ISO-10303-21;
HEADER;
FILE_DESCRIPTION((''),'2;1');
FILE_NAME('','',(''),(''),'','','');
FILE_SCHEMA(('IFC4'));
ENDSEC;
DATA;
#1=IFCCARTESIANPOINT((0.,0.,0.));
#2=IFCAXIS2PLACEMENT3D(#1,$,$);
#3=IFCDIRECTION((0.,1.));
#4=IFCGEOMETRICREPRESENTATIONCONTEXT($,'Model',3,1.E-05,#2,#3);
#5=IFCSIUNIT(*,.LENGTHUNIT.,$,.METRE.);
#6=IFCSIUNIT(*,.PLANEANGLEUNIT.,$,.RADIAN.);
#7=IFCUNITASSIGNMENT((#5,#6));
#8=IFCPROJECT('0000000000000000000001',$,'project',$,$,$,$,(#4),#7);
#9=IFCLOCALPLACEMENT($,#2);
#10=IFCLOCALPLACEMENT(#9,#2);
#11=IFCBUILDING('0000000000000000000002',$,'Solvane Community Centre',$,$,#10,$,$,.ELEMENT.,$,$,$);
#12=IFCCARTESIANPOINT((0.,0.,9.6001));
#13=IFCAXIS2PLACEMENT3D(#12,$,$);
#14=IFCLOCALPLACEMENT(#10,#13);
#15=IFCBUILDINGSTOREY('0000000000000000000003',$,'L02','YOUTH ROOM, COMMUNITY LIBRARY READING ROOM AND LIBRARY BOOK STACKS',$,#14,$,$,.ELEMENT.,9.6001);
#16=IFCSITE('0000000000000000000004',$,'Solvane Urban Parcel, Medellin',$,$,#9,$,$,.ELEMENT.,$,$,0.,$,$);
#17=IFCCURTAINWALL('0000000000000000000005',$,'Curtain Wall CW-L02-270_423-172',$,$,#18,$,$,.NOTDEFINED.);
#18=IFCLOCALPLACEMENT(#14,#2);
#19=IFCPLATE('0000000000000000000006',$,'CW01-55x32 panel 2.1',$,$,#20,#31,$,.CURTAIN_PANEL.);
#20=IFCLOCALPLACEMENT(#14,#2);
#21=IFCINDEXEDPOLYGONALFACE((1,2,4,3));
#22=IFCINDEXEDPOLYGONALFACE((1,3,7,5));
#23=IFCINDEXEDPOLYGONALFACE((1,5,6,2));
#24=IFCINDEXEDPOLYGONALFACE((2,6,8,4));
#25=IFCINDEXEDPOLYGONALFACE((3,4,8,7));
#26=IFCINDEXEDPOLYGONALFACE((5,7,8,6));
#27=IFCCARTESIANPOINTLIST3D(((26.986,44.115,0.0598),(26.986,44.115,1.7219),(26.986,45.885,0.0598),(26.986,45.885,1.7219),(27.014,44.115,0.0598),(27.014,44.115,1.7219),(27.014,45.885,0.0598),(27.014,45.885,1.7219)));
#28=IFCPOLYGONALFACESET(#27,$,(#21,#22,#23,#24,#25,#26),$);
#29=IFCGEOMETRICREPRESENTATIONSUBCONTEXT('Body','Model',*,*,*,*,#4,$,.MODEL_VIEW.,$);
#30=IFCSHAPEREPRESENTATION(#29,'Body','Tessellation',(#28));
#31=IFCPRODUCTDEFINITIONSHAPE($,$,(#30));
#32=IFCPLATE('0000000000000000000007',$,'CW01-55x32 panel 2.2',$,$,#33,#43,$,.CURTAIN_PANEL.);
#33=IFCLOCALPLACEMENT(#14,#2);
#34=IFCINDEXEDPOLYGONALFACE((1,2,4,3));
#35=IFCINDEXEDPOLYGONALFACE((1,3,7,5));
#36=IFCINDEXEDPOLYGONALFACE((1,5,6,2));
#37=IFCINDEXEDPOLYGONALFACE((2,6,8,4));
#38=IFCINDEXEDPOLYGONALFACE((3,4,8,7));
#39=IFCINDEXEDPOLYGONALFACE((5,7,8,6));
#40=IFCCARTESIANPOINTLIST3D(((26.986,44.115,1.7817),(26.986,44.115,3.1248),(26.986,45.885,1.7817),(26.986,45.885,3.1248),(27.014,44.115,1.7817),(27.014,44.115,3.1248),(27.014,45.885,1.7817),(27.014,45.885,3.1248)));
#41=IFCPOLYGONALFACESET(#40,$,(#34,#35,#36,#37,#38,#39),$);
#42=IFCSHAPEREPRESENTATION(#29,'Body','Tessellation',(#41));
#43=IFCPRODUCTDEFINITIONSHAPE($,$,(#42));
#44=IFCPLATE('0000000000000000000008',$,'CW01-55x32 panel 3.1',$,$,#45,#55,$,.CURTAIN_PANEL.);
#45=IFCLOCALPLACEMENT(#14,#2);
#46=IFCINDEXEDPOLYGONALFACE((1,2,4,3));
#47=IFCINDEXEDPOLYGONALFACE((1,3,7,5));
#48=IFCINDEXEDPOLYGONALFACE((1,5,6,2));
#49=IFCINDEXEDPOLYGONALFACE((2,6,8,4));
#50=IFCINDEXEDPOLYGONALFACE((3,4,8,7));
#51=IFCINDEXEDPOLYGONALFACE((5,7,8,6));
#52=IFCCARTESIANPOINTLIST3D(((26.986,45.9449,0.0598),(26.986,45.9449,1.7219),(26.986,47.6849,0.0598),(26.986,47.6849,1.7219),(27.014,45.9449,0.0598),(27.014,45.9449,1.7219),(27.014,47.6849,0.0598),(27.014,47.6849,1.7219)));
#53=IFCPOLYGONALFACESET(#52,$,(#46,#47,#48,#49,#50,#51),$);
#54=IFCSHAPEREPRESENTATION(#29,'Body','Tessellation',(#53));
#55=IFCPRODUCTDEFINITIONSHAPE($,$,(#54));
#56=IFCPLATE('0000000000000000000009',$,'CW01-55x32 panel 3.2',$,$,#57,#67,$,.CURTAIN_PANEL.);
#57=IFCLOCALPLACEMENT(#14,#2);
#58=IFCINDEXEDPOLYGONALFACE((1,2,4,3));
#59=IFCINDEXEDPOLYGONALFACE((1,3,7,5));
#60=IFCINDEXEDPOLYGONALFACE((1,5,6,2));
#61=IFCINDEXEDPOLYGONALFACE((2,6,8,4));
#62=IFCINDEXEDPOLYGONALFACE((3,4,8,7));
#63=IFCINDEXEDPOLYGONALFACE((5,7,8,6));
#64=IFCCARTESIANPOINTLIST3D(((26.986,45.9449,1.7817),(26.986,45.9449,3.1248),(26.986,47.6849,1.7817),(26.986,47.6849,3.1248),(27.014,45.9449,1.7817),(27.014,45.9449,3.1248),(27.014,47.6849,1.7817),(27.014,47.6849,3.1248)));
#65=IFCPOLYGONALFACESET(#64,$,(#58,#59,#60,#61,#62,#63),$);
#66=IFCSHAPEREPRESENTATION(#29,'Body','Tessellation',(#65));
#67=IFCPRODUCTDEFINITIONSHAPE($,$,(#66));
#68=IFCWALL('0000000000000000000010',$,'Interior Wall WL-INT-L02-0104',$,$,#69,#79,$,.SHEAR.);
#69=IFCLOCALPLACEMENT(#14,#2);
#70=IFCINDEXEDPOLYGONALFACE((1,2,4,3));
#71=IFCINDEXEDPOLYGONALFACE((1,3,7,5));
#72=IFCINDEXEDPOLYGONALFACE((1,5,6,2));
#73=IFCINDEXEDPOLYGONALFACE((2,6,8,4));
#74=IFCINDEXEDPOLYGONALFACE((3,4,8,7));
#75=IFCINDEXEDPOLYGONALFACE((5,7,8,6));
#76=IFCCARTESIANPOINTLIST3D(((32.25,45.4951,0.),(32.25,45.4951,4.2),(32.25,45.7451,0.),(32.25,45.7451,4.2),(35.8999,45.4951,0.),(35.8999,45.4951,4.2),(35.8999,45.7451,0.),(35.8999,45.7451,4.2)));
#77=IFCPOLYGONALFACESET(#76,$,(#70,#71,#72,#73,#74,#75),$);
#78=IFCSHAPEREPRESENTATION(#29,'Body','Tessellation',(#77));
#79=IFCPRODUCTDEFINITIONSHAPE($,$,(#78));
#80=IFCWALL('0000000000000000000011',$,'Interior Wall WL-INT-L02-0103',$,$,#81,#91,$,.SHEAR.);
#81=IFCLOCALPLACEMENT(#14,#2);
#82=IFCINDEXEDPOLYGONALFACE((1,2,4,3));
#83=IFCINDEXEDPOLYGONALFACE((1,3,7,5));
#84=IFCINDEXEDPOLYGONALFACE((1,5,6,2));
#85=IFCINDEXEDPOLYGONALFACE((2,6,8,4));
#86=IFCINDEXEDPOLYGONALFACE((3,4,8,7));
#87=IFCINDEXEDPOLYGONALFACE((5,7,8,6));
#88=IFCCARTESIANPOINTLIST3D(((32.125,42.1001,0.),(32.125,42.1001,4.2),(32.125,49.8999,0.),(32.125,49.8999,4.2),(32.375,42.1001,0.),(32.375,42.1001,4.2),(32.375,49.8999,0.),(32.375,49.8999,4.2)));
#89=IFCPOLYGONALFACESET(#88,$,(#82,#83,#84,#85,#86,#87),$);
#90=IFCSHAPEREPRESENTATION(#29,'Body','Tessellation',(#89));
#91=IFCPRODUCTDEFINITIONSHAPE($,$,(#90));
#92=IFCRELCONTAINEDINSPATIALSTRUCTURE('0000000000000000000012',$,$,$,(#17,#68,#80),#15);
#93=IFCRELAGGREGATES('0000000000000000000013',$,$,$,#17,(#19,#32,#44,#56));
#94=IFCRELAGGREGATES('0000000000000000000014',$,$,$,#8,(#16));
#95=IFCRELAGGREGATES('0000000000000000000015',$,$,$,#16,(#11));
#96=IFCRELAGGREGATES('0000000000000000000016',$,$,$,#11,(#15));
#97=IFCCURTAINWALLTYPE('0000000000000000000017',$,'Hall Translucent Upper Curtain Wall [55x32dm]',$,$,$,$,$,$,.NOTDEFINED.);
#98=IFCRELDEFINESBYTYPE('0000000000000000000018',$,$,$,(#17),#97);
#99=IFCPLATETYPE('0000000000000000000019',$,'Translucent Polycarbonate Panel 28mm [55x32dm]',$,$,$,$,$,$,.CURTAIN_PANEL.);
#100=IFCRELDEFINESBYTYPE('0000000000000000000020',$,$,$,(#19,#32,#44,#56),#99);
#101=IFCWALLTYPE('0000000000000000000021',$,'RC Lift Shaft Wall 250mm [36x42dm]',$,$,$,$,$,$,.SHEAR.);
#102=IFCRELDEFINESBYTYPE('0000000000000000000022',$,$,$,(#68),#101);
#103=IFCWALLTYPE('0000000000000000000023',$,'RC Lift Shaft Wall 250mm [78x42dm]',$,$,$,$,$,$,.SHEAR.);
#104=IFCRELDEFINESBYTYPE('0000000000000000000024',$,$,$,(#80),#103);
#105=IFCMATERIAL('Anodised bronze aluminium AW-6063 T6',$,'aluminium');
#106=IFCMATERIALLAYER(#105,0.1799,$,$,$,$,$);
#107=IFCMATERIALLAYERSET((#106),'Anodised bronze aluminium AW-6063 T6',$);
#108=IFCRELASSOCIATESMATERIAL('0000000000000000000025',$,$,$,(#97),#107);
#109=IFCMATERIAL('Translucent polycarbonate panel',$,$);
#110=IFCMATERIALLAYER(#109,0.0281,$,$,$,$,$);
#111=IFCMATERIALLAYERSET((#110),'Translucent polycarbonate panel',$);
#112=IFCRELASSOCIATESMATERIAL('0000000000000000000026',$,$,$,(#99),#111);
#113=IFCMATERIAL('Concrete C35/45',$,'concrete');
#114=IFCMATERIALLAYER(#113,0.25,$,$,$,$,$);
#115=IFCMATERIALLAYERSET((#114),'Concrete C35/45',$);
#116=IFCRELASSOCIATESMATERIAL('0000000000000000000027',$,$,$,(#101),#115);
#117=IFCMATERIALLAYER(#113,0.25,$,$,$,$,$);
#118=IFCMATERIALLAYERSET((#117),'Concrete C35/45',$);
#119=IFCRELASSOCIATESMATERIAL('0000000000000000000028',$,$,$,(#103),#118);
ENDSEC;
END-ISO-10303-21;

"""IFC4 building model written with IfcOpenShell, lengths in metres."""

from ifc_helpers import new_model, si_unit, direction, frame, frame_2d, origin, origin_2d, place, context, subcontext, project, spatial, rectangle, extrude, material, layer, layer_set, type_object, element, aggregate, save


model = new_model("IFC4")

# Units and contexts
model_context = context("Model", 3, precision=1e-05, world=origin(), true_north=direction((0.0, 1.0)))
body_context = subcontext(model_context, "Body", "Model", "MODEL_VIEW")
ifc_project = project(units=[si_unit("LENGTHUNIT", "METRE"), si_unit("PLANEANGLEUNIT", "RADIAN")], contexts=[model_context])

# Site, building, storey
site_placement = place(None, origin())
site = spatial("IfcSite", under=ifc_project, at=site_placement, Name="Solvane Urban Parcel, Medellin", CompositionType="ELEMENT", RefElevation=0.0)
building_placement = place(site_placement, origin())
building = spatial("IfcBuilding", under=site, at=building_placement, Name="Solvane Community Centre", CompositionType="ELEMENT")
storey_placement = place(building_placement, frame((0.0, 0.0, 9.6001)))
storey = spatial("IfcBuildingStorey", under=building, at=storey_placement, Name="L02", Description="YOUTH ROOM, COMMUNITY LIBRARY READING ROOM AND LIBRARY BOOK STACKS", CompositionType="ELEMENT", Elevation=9.6001)

# Curtain wall, plates
ifc_material_1 = material(Name="Anodised bronze aluminium AW-6063 T6", Category="aluminium")
ifc_layer_1 = layer(ifc_material_1, 0.1799)
ifc_layer_set_1 = layer_set([ifc_layer_1], Name="Anodised bronze aluminium AW-6063 T6")
curtain_wall_type = type_object("IfcCurtainWallType", Name="Hall Translucent Upper Curtain Wall [55x32dm]", PredefinedType="NOTDEFINED", material=ifc_layer_set_1)
curtain_wall_placement = place(storey_placement, origin())
curtain_wall = element("IfcCurtainWall", 1, at=curtain_wall_placement, inside=storey, type_object=curtain_wall_type, Name="Curtain Wall CW-L02-270_423-172", PredefinedType="NOTDEFINED")
ifc_material_2 = material(Name="Translucent polycarbonate panel")
ifc_layer_2 = layer(ifc_material_2, 0.0281)
ifc_layer_set_2 = layer_set([ifc_layer_2], Name="Translucent polycarbonate panel")
plate_type = type_object("IfcPlateType", Name="Translucent Polycarbonate Panel 28mm [55x32dm]", PredefinedType="CURTAIN_PANEL", material=ifc_layer_set_2)
plate_1_placement = place(storey_placement, frame((27.0, 45.0, 0.0598), z_axis=(0.0, 0.0, 1.0), x_axis=(0.0, 1.0, 0.0)))
plate_1 = element("IfcPlate", 2, at=plate_1_placement, type_object=plate_type, Name="CW01-55x32 panel 2.1", PredefinedType="CURTAIN_PANEL", context=body_context, shape_type="SweptSolid", body=[
    extrude(rectangle(XDim=1.77, YDim=0.0281, at=origin_2d()), origin(), (0.0, 0.0, 1.0), 1.6621),
])
plate_2_placement = place(storey_placement, frame((27.0, 45.0, 1.7817), z_axis=(0.0, 0.0, 1.0), x_axis=(0.0, 1.0, 0.0)))
plate_2 = element("IfcPlate", 3, at=plate_2_placement, type_object=plate_type, Name="CW01-55x32 panel 2.2", PredefinedType="CURTAIN_PANEL", context=body_context, shape_type="SweptSolid", body=[
    extrude(rectangle(XDim=1.77, YDim=0.0281, at=origin_2d()), origin(), (0.0, 0.0, 1.0), 1.343),
])
plate_3_placement = place(storey_placement, frame((27.0, 46.8149, 0.0598), z_axis=(0.0, 0.0, 1.0), x_axis=(0.0, 1.0, 0.0)))
plate_3 = element("IfcPlate", 4, at=plate_3_placement, type_object=plate_type, Name="CW01-55x32 panel 3.1", PredefinedType="CURTAIN_PANEL", context=body_context, shape_type="SweptSolid", body=[
    extrude(rectangle(XDim=1.74, YDim=0.0281, at=origin_2d()), origin(), (0.0, 0.0, 1.0), 1.6621),
])
plate_4_placement = place(storey_placement, frame((27.0, 46.8149, 1.7817), z_axis=(0.0, 0.0, 1.0), x_axis=(0.0, 1.0, 0.0)))
plate_4 = element("IfcPlate", 5, at=plate_4_placement, type_object=plate_type, Name="CW01-55x32 panel 3.2", PredefinedType="CURTAIN_PANEL", context=body_context, shape_type="SweptSolid", body=[
    extrude(rectangle(XDim=1.74, YDim=0.0281, at=origin_2d()), origin(), (0.0, 0.0, 1.0), 1.343),
])
aggregate(curtain_wall, [plate_1, plate_2, plate_3, plate_4])

# Walls
ifc_material_3 = material(Name="Concrete C35/45", Category="concrete")
ifc_layer_3 = layer(ifc_material_3, 0.25)
ifc_layer_set_3 = layer_set([ifc_layer_3], Name="Concrete C35/45")
wall_type_1 = type_object("IfcWallType", Name="RC Lift Shaft Wall 250mm [36x42dm]", PredefinedType="SHEAR", material=ifc_layer_set_3)
wall_1_placement = place(storey_placement, frame((32.25, 45.6201, 0.0), z_axis=(0.0, 0.0, 1.0), x_axis=(1.0, 0.0, 0.0)))
element("IfcWall", 6, at=wall_1_placement, inside=storey, type_object=wall_type_1, Name="Interior Wall WL-INT-L02-0104", PredefinedType="SHEAR", context=body_context, shape_type="SweptSolid", body=[
    extrude(rectangle(XDim=3.6499, YDim=0.25, at=frame_2d((1.825, 0.0))), origin(), (0.0, 0.0, 1.0), 4.2),
])
ifc_layer_4 = layer(ifc_material_3, 0.25)
ifc_layer_set_4 = layer_set([ifc_layer_4], Name="Concrete C35/45")
wall_type_2 = type_object("IfcWallType", Name="RC Lift Shaft Wall 250mm [78x42dm]", PredefinedType="SHEAR", material=ifc_layer_set_4)
wall_2_placement = place(storey_placement, frame((32.25, 42.1001, 0.0), z_axis=(0.0, 0.0, 1.0), x_axis=(0.0, 1.0, 0.0)))
element("IfcWall", 7, at=wall_2_placement, inside=storey, type_object=wall_type_2, Name="Interior Wall WL-INT-L02-0103", PredefinedType="SHEAR", context=body_context, shape_type="SweptSolid", body=[
    extrude(rectangle(XDim=7.7998, YDim=0.25, at=frame_2d((3.8999, 0.0))), origin(), (0.0, 0.0, 1.0), 4.2),
])

save(model, "model.ifc")
